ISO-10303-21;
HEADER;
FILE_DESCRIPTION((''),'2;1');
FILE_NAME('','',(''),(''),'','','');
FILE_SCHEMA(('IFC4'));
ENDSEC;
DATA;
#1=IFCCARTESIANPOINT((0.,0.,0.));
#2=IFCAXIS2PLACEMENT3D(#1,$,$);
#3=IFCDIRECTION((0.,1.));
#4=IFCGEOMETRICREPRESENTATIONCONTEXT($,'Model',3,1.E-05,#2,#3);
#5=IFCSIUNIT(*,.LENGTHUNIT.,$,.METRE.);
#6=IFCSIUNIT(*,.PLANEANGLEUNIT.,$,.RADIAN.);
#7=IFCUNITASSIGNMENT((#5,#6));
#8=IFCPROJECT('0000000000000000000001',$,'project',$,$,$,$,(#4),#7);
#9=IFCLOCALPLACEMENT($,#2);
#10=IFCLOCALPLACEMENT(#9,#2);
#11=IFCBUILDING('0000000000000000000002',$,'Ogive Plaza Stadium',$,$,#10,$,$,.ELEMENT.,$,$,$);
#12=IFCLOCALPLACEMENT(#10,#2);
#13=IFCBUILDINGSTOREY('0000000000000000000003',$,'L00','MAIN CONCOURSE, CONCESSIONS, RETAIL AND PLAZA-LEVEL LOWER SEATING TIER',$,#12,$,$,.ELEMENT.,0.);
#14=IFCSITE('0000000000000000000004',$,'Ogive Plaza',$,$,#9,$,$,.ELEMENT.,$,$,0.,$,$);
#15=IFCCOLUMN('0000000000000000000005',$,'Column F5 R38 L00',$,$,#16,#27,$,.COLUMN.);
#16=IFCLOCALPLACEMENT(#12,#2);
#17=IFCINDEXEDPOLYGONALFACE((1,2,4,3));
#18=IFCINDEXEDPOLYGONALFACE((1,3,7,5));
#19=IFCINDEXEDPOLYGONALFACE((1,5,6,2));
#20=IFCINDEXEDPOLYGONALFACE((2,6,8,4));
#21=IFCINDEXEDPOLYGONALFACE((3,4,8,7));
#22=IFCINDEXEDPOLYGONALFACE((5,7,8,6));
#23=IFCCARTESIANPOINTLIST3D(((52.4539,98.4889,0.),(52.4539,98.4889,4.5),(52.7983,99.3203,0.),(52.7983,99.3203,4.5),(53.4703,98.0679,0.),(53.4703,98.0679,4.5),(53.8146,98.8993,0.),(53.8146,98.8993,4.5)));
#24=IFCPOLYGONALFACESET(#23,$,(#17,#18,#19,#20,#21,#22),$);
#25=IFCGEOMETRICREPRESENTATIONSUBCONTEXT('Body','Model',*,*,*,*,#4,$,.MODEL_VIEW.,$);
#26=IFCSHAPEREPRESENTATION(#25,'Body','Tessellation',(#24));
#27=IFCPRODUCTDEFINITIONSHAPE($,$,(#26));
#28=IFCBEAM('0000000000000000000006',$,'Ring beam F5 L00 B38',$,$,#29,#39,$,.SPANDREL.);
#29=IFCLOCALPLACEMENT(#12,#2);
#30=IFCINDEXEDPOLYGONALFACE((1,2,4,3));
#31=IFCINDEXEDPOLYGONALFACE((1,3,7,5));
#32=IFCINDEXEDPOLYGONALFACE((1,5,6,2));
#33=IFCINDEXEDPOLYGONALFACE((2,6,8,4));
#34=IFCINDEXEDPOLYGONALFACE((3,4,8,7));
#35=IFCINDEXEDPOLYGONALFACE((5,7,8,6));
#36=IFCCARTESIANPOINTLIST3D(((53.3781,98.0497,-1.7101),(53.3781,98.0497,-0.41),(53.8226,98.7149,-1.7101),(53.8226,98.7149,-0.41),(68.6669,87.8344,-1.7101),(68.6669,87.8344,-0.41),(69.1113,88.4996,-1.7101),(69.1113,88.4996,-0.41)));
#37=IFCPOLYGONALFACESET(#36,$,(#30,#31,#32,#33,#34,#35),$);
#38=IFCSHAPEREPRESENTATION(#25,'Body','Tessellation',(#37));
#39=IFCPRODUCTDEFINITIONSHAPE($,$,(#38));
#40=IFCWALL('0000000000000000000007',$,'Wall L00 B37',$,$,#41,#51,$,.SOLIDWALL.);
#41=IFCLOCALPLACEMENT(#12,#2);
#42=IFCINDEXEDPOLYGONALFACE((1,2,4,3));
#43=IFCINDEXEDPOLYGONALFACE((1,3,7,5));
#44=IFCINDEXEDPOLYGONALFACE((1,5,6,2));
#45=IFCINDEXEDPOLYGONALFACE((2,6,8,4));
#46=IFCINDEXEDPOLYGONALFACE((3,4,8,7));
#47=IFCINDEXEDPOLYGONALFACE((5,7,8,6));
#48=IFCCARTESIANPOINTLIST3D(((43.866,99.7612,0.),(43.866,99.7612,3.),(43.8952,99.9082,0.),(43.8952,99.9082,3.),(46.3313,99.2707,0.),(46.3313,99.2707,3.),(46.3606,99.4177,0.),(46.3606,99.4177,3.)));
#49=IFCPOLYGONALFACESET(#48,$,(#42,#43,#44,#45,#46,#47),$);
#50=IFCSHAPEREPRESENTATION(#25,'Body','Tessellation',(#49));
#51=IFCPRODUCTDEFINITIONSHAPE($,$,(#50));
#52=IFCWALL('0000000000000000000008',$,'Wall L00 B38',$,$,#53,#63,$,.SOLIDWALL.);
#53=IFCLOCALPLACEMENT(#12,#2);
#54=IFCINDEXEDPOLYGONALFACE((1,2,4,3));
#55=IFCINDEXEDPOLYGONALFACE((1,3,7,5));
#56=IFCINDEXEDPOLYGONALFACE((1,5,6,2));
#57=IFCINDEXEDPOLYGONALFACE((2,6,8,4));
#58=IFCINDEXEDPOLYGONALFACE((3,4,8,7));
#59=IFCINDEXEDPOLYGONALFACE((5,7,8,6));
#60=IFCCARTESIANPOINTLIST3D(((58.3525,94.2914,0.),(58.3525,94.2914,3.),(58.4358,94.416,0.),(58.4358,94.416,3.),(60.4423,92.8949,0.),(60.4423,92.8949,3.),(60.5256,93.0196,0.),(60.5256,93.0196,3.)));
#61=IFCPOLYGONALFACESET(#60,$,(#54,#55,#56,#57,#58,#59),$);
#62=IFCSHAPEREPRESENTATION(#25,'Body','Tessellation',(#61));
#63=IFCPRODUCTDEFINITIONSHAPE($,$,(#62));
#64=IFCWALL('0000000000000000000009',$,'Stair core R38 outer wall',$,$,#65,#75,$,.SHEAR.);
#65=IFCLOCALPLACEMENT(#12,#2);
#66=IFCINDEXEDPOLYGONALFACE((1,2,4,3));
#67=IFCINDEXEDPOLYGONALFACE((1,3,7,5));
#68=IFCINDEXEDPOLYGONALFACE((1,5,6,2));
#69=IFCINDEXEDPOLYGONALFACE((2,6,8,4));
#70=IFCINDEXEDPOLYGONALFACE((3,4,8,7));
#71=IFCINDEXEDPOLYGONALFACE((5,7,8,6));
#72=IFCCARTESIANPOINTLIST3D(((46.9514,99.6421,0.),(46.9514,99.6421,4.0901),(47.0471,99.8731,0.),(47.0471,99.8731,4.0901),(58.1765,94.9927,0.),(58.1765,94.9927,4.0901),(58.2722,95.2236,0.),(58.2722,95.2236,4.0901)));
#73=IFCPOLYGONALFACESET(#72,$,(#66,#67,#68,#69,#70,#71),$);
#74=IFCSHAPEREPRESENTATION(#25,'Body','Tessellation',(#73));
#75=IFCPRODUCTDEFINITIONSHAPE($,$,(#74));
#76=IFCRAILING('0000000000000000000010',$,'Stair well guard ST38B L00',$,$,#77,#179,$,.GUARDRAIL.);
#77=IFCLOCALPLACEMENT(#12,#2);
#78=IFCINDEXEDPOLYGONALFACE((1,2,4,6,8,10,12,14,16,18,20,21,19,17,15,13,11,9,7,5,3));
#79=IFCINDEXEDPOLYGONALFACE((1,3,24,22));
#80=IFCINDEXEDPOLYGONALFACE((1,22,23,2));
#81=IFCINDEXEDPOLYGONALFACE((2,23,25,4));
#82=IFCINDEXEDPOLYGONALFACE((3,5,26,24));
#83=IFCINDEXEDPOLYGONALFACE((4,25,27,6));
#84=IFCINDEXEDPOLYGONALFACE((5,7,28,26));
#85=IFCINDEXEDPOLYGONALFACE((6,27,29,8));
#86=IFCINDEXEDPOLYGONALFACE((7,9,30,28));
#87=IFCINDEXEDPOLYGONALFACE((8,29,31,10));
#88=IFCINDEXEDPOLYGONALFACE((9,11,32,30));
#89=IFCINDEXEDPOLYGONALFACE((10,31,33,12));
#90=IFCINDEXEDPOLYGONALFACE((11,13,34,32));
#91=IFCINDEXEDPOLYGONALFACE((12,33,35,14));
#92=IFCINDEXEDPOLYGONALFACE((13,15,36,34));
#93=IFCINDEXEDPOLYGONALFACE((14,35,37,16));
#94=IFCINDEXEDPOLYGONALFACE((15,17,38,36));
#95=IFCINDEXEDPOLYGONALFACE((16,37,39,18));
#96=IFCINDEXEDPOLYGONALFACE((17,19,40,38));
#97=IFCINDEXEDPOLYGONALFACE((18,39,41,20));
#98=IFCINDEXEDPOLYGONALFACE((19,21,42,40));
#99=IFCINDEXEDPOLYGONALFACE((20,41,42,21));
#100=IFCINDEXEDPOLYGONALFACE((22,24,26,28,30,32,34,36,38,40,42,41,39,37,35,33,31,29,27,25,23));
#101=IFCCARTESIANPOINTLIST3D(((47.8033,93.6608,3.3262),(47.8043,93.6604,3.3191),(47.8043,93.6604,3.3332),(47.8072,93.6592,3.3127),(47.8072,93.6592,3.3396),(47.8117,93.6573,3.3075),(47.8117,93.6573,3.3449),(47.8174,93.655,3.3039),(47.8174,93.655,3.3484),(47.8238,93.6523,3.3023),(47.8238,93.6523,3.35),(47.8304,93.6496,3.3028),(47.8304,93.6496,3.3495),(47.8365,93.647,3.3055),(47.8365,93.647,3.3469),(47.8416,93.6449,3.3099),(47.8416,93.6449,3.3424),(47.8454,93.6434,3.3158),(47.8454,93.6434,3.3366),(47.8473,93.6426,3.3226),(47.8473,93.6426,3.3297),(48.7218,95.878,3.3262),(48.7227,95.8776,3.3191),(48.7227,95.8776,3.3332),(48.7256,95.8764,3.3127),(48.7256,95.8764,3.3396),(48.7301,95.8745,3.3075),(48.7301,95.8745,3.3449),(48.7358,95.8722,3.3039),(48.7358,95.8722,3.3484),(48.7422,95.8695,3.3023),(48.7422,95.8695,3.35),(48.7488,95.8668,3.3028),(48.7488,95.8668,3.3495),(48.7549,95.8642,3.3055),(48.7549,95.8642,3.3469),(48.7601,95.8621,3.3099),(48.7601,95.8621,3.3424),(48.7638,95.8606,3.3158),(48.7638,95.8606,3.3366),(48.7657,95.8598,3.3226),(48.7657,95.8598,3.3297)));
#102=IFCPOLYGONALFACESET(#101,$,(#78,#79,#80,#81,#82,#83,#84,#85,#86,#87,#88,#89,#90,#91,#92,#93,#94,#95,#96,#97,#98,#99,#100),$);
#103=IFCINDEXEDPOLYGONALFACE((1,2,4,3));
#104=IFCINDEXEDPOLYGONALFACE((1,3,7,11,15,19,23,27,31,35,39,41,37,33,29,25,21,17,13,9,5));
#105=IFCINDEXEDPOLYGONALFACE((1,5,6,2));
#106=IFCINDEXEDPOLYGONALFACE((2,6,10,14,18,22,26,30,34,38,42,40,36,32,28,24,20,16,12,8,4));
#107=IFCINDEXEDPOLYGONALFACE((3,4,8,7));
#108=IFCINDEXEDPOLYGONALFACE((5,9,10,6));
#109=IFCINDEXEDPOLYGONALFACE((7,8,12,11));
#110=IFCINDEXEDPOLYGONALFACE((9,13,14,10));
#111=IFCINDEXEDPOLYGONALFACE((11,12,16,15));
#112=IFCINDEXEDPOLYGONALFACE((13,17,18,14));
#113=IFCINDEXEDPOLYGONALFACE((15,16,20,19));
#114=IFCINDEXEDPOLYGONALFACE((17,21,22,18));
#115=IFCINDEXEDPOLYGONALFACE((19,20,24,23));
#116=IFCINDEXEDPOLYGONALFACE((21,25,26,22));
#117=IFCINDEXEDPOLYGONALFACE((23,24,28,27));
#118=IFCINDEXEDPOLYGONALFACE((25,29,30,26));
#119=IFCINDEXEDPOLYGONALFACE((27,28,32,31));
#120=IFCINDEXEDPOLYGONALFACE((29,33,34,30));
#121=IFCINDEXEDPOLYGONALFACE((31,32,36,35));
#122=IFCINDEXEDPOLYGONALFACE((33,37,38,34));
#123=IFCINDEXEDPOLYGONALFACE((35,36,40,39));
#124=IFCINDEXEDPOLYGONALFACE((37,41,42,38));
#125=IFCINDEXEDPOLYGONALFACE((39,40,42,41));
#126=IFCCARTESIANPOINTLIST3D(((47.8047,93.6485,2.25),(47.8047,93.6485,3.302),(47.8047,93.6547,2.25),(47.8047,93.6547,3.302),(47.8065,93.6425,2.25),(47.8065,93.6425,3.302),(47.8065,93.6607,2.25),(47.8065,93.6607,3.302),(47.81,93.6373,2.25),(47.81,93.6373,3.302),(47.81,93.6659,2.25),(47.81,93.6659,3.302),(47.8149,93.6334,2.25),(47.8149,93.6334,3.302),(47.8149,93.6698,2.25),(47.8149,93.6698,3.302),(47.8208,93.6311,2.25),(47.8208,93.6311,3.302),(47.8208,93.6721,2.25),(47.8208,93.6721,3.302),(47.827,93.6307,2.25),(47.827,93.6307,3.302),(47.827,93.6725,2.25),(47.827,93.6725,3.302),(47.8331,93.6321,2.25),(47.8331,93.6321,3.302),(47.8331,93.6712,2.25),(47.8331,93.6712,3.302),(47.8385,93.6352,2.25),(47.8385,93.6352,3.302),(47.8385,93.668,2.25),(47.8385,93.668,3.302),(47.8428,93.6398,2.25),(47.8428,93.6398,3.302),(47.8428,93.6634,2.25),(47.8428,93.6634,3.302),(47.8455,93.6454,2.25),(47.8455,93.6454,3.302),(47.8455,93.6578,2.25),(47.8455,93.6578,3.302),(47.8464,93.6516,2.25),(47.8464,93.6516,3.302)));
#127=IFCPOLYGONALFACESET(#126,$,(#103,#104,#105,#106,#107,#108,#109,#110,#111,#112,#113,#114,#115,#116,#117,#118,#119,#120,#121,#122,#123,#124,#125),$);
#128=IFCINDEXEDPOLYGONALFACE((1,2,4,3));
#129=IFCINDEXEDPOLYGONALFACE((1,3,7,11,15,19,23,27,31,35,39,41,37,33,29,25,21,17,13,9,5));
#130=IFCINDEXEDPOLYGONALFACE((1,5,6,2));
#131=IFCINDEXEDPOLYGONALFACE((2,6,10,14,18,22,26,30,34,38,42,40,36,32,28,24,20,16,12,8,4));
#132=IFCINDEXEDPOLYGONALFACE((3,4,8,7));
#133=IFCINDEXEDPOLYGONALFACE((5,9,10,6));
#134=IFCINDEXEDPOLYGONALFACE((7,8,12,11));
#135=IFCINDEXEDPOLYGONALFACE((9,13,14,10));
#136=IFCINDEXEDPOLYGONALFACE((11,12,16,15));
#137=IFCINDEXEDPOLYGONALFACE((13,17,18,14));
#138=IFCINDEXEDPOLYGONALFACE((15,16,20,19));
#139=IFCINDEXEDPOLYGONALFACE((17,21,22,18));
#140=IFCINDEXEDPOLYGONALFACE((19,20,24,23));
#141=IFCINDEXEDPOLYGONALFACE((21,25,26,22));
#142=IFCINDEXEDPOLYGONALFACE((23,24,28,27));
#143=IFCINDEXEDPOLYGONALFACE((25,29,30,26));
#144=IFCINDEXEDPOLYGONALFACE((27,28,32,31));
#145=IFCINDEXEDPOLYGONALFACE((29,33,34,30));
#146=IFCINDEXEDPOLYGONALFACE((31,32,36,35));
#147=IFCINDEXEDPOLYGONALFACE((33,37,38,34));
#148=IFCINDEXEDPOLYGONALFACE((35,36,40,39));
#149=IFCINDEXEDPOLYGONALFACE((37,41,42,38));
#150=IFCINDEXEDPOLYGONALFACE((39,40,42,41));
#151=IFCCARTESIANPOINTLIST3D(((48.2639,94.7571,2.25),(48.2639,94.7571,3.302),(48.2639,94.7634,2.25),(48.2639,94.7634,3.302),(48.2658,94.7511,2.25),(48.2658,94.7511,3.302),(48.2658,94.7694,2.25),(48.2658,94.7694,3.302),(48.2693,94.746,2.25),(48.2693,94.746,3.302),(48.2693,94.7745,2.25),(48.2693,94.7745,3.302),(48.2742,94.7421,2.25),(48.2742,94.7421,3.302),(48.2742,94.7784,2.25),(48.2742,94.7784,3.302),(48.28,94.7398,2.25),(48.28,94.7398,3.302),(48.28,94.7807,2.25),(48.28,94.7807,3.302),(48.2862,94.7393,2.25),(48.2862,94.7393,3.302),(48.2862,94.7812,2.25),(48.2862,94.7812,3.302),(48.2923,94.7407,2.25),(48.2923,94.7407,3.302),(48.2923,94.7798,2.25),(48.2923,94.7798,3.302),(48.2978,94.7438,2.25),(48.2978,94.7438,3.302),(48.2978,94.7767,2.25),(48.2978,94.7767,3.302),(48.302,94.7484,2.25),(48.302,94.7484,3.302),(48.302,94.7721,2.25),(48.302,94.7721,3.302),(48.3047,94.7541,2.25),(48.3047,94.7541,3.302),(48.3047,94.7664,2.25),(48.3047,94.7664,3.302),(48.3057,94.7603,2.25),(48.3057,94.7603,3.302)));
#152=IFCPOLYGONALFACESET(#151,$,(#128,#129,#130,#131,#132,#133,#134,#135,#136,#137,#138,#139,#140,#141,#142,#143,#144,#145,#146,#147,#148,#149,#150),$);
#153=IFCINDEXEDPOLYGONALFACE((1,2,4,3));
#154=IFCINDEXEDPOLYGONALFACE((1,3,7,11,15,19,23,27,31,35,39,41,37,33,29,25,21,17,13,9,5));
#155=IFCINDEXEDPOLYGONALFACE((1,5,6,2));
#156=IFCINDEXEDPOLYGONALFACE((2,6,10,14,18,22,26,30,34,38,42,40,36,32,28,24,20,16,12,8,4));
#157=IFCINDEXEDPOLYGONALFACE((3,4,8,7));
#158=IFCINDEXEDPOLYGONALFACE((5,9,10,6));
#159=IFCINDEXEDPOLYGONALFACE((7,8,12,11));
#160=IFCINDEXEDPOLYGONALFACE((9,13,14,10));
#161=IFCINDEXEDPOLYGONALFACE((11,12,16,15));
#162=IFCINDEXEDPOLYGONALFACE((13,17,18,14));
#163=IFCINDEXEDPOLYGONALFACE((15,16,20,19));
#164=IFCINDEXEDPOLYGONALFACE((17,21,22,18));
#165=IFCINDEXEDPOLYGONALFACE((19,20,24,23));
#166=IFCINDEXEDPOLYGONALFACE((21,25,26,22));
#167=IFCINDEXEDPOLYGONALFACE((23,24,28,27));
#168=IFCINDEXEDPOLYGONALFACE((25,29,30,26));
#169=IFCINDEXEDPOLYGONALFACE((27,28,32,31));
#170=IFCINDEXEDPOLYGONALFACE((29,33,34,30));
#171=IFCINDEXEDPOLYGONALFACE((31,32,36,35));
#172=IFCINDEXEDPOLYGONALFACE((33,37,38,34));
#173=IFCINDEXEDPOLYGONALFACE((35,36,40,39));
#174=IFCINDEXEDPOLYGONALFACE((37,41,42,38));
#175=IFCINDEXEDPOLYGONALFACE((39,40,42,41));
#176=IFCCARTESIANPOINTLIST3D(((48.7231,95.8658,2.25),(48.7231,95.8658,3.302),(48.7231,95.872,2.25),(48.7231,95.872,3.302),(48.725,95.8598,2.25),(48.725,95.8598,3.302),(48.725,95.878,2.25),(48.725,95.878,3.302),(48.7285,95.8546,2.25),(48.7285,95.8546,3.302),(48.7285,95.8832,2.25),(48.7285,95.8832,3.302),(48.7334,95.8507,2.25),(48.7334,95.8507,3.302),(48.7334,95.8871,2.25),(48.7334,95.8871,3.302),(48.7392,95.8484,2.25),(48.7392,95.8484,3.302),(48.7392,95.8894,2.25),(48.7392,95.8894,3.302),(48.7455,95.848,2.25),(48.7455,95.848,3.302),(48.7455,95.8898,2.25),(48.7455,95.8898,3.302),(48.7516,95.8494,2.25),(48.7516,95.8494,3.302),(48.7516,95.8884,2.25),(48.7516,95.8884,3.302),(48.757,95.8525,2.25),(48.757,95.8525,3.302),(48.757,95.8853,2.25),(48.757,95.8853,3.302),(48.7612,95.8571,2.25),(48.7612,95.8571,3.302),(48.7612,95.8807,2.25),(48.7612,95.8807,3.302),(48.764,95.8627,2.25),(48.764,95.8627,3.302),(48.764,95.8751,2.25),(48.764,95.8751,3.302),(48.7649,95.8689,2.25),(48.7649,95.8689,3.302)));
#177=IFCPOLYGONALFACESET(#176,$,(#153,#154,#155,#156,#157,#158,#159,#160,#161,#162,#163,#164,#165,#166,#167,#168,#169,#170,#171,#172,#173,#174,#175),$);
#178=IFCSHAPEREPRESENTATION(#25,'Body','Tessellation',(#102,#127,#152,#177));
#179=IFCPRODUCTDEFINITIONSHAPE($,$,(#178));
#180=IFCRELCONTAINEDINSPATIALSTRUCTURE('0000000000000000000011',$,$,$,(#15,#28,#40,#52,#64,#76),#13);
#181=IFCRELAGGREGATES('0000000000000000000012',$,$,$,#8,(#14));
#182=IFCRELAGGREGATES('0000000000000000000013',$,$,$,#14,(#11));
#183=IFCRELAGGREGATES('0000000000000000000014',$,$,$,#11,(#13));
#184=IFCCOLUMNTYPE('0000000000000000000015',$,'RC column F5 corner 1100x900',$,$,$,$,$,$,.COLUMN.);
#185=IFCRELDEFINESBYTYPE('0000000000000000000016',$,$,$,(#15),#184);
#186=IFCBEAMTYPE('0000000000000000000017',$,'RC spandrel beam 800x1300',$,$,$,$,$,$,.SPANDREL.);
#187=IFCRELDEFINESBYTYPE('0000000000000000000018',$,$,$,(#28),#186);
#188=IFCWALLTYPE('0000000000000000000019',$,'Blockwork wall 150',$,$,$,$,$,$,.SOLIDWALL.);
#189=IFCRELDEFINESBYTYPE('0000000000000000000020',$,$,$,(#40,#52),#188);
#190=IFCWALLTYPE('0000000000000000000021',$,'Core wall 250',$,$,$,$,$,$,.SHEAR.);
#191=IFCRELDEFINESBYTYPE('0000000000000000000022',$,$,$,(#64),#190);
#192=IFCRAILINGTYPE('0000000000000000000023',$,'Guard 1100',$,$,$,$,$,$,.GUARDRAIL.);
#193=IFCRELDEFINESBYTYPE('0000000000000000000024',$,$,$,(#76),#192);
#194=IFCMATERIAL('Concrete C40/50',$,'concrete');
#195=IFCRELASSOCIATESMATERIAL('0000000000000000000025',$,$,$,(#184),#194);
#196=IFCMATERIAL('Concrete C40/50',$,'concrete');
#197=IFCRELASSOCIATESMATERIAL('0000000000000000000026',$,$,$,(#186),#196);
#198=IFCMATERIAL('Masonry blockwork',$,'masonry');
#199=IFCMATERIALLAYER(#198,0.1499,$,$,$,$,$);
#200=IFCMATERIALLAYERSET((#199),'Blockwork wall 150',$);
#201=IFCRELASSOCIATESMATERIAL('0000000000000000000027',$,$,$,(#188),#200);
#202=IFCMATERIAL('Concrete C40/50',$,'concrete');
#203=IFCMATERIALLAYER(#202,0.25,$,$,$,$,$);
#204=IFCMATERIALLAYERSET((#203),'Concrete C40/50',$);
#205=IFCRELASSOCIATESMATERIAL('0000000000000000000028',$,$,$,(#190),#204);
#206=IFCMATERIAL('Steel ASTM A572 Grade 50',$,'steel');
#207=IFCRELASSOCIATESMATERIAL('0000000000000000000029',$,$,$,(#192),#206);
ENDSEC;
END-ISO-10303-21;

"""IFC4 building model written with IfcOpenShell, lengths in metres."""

from ifc_helpers import new_model, si_unit, direction, frame, frame_2d, origin, origin_2d, place, context, subcontext, project, spatial, rectangle, circle, extrude, material, layer, layer_set, material_profile, profile_set, type_object, element, save


model = new_model("IFC4")

# Units and contexts
model_context = context("Model", 3, precision=1e-05, world=origin(), true_north=direction((0.0, 1.0)))
body_context = subcontext(model_context, "Body", "Model", "MODEL_VIEW")
ifc_project = project(units=[si_unit("LENGTHUNIT", "METRE"), si_unit("PLANEANGLEUNIT", "RADIAN")], contexts=[model_context])

# Site, building, storey
site_placement = place(None, origin())
site = spatial("IfcSite", under=ifc_project, at=site_placement, Name="Ogive Plaza", CompositionType="ELEMENT", RefElevation=0.0)
building_placement = place(site_placement, origin())
building = spatial("IfcBuilding", under=site, at=building_placement, Name="Ogive Plaza Stadium", CompositionType="ELEMENT")
storey_placement = place(building_placement, origin())
storey = spatial("IfcBuildingStorey", under=building, at=storey_placement, Name="L00", Description="MAIN CONCOURSE, CONCESSIONS, RETAIL AND PLAZA-LEVEL LOWER SEATING TIER", CompositionType="ELEMENT", Elevation=0.0)

# Column
ifc_material_1 = material(Name="Concrete C40/50", Category="concrete")
ifc_material_profile_1 = material_profile(ifc_material_1, rectangle(XDim=1.1001, YDim=0.8999, at=origin_2d()), Name="RC 1100x900")
ifc_profile_set_1 = profile_set([ifc_material_profile_1], Name="Concrete C40/50")
column_type = type_object("IfcColumnType", Name="RC column F5 corner 1100x900", PredefinedType="COLUMN", material=ifc_profile_set_1)
column_placement = place(storey_placement, frame((53.1343, 98.6941, 0.0), z_axis=(0.0, 0.0, 1.0), x_axis=(-0.92388, 0.382683, 0.0)))
element("IfcColumn", 1, at=column_placement, inside=storey, type_object=column_type, Name="Column F5 R38 L00", PredefinedType="COLUMN", context=body_context, shape_type="SweptSolid", body=[
    extrude(rectangle(XDim=1.1001, YDim=0.8999, at=origin_2d()), origin(), (0.0, 0.0, 1.0), 4.5),
])

# Beam
ifc_material_2 = material(Name="Concrete C40/50", Category="concrete")
ifc_material_profile_2 = material_profile(ifc_material_2, rectangle(XDim=0.8, YDim=1.3, at=origin_2d()), Name="RC 800x1300")
ifc_profile_set_2 = profile_set([ifc_material_profile_2], Name="Concrete C40/50")
beam_type = type_object("IfcBeamType", Name="RC spandrel beam 800x1300", PredefinedType="SPANDREL", material=ifc_profile_set_2)
beam_placement = place(storey_placement, frame((53.6003, 98.3823, -1.0601), z_axis=(0.831478, -0.555558, 0.0), x_axis=(0.555558, 0.831478, 0.0)))
element("IfcBeam", 2, at=beam_placement, inside=storey, type_object=beam_type, Name="Ring beam F5 L00 B38", PredefinedType="SPANDREL", context=body_context, shape_type="SweptSolid", body=[
    extrude(rectangle(XDim=0.8, YDim=1.3, at=origin_2d()), origin(), (0.0, 0.0, 1.0), 18.3875),
])

# Walls
ifc_material_3 = material(Name="Masonry blockwork", Category="masonry")
ifc_layer_1 = layer(ifc_material_3, 0.1499)
ifc_layer_set_1 = layer_set([ifc_layer_1], Name="Blockwork wall 150")
wall_type_1 = type_object("IfcWallType", Name="Blockwork wall 150", PredefinedType="SOLIDWALL", material=ifc_layer_set_1)
wall_1_placement = place(storey_placement, frame((46.3459, 99.3442, 0.0), z_axis=(0.0, 0.0, 1.0), x_axis=(-0.980778, 0.195126, 0.0)))
element("IfcWall", 3, at=wall_1_placement, inside=storey, type_object=wall_type_1, Name="Wall L00 B37", PredefinedType="SOLIDWALL", context=body_context, shape_type="SweptSolid", body=[
    extrude(rectangle(XDim=2.5137, YDim=0.1499, at=frame_2d((1.2568, 0.0))), origin(), (0.0, 0.0, 1.0), 3.0),
])
wall_2_placement = place(storey_placement, frame((58.394, 94.3538, 0.0), z_axis=(0.0, 0.0, 1.0), x_axis=(0.831452, -0.555596, 0.0)))
element("IfcWall", 4, at=wall_2_placement, inside=storey, type_object=wall_type_1, Name="Wall L00 B38", PredefinedType="SOLIDWALL", context=body_context, shape_type="SweptSolid", body=[
    extrude(rectangle(XDim=2.5134, YDim=0.1499, at=frame_2d((1.2568, 0.0))), origin(), (0.0, 0.0, 1.0), 3.0),
])
ifc_material_4 = material(Name="Concrete C40/50", Category="concrete")
ifc_layer_2 = layer(ifc_material_4, 0.25)
ifc_layer_set_2 = layer_set([ifc_layer_2], Name="Concrete C40/50")
wall_type_2 = type_object("IfcWallType", Name="Core wall 250", PredefinedType="SHEAR", material=ifc_layer_set_2)
wall_3_placement = place(storey_placement, frame((58.2244, 95.1082, 0.0), z_axis=(0.0, 0.0, 1.0), x_axis=(-0.923885, 0.382671, 0.0)))
element("IfcWall", 5, at=wall_3_placement, inside=storey, type_object=wall_type_2, Name="Stair core R38 outer wall", PredefinedType="SHEAR", context=body_context, shape_type="SweptSolid", body=[
    extrude(rectangle(XDim=12.1499, YDim=0.25, at=frame_2d((6.075, 0.0))), origin(), (0.0, 0.0, 1.0), 4.0901),
])

# Railing
ifc_material_5 = material(Name="Steel ASTM A572 Grade 50", Category="steel")
railing_type_1 = type_object("IfcRailingType", Name="Guard 1100", PredefinedType="GUARDRAIL", material=ifc_material_5)
railing_1_placement = place(storey_placement, frame((47.8254, 93.6516, 2.25)))
element("IfcRailing", 6, at=railing_1_placement, inside=storey, type_object=railing_type_1, Name="Stair well guard ST38B L00", PredefinedType="GUARDRAIL", context=body_context, shape_type="SweptSolid", body=[
    extrude(circle(Radius=0.0239, at=origin_2d()), frame((0.0, 0.0, 1.0762), z_axis=(0.382693, 0.923875, 0.0), x_axis=(-0.923875, 0.382693, 0.0)), (0.0, 0.0, 1.0), 2.3999),
    extrude(circle(Radius=0.021, at=origin_2d()), origin(), (0.0, 0.0, 1.0), 1.052),
    extrude(circle(Radius=0.021, at=origin_2d()), frame((0.4592, 1.1086, 0.0)), (0.0, 0.0, 1.0), 1.052),
    extrude(circle(Radius=0.021, at=origin_2d()), frame((0.9185, 2.2173, 0.0)), (0.0, 0.0, 1.0), 1.052),
])

save(model, "model.ifc")
